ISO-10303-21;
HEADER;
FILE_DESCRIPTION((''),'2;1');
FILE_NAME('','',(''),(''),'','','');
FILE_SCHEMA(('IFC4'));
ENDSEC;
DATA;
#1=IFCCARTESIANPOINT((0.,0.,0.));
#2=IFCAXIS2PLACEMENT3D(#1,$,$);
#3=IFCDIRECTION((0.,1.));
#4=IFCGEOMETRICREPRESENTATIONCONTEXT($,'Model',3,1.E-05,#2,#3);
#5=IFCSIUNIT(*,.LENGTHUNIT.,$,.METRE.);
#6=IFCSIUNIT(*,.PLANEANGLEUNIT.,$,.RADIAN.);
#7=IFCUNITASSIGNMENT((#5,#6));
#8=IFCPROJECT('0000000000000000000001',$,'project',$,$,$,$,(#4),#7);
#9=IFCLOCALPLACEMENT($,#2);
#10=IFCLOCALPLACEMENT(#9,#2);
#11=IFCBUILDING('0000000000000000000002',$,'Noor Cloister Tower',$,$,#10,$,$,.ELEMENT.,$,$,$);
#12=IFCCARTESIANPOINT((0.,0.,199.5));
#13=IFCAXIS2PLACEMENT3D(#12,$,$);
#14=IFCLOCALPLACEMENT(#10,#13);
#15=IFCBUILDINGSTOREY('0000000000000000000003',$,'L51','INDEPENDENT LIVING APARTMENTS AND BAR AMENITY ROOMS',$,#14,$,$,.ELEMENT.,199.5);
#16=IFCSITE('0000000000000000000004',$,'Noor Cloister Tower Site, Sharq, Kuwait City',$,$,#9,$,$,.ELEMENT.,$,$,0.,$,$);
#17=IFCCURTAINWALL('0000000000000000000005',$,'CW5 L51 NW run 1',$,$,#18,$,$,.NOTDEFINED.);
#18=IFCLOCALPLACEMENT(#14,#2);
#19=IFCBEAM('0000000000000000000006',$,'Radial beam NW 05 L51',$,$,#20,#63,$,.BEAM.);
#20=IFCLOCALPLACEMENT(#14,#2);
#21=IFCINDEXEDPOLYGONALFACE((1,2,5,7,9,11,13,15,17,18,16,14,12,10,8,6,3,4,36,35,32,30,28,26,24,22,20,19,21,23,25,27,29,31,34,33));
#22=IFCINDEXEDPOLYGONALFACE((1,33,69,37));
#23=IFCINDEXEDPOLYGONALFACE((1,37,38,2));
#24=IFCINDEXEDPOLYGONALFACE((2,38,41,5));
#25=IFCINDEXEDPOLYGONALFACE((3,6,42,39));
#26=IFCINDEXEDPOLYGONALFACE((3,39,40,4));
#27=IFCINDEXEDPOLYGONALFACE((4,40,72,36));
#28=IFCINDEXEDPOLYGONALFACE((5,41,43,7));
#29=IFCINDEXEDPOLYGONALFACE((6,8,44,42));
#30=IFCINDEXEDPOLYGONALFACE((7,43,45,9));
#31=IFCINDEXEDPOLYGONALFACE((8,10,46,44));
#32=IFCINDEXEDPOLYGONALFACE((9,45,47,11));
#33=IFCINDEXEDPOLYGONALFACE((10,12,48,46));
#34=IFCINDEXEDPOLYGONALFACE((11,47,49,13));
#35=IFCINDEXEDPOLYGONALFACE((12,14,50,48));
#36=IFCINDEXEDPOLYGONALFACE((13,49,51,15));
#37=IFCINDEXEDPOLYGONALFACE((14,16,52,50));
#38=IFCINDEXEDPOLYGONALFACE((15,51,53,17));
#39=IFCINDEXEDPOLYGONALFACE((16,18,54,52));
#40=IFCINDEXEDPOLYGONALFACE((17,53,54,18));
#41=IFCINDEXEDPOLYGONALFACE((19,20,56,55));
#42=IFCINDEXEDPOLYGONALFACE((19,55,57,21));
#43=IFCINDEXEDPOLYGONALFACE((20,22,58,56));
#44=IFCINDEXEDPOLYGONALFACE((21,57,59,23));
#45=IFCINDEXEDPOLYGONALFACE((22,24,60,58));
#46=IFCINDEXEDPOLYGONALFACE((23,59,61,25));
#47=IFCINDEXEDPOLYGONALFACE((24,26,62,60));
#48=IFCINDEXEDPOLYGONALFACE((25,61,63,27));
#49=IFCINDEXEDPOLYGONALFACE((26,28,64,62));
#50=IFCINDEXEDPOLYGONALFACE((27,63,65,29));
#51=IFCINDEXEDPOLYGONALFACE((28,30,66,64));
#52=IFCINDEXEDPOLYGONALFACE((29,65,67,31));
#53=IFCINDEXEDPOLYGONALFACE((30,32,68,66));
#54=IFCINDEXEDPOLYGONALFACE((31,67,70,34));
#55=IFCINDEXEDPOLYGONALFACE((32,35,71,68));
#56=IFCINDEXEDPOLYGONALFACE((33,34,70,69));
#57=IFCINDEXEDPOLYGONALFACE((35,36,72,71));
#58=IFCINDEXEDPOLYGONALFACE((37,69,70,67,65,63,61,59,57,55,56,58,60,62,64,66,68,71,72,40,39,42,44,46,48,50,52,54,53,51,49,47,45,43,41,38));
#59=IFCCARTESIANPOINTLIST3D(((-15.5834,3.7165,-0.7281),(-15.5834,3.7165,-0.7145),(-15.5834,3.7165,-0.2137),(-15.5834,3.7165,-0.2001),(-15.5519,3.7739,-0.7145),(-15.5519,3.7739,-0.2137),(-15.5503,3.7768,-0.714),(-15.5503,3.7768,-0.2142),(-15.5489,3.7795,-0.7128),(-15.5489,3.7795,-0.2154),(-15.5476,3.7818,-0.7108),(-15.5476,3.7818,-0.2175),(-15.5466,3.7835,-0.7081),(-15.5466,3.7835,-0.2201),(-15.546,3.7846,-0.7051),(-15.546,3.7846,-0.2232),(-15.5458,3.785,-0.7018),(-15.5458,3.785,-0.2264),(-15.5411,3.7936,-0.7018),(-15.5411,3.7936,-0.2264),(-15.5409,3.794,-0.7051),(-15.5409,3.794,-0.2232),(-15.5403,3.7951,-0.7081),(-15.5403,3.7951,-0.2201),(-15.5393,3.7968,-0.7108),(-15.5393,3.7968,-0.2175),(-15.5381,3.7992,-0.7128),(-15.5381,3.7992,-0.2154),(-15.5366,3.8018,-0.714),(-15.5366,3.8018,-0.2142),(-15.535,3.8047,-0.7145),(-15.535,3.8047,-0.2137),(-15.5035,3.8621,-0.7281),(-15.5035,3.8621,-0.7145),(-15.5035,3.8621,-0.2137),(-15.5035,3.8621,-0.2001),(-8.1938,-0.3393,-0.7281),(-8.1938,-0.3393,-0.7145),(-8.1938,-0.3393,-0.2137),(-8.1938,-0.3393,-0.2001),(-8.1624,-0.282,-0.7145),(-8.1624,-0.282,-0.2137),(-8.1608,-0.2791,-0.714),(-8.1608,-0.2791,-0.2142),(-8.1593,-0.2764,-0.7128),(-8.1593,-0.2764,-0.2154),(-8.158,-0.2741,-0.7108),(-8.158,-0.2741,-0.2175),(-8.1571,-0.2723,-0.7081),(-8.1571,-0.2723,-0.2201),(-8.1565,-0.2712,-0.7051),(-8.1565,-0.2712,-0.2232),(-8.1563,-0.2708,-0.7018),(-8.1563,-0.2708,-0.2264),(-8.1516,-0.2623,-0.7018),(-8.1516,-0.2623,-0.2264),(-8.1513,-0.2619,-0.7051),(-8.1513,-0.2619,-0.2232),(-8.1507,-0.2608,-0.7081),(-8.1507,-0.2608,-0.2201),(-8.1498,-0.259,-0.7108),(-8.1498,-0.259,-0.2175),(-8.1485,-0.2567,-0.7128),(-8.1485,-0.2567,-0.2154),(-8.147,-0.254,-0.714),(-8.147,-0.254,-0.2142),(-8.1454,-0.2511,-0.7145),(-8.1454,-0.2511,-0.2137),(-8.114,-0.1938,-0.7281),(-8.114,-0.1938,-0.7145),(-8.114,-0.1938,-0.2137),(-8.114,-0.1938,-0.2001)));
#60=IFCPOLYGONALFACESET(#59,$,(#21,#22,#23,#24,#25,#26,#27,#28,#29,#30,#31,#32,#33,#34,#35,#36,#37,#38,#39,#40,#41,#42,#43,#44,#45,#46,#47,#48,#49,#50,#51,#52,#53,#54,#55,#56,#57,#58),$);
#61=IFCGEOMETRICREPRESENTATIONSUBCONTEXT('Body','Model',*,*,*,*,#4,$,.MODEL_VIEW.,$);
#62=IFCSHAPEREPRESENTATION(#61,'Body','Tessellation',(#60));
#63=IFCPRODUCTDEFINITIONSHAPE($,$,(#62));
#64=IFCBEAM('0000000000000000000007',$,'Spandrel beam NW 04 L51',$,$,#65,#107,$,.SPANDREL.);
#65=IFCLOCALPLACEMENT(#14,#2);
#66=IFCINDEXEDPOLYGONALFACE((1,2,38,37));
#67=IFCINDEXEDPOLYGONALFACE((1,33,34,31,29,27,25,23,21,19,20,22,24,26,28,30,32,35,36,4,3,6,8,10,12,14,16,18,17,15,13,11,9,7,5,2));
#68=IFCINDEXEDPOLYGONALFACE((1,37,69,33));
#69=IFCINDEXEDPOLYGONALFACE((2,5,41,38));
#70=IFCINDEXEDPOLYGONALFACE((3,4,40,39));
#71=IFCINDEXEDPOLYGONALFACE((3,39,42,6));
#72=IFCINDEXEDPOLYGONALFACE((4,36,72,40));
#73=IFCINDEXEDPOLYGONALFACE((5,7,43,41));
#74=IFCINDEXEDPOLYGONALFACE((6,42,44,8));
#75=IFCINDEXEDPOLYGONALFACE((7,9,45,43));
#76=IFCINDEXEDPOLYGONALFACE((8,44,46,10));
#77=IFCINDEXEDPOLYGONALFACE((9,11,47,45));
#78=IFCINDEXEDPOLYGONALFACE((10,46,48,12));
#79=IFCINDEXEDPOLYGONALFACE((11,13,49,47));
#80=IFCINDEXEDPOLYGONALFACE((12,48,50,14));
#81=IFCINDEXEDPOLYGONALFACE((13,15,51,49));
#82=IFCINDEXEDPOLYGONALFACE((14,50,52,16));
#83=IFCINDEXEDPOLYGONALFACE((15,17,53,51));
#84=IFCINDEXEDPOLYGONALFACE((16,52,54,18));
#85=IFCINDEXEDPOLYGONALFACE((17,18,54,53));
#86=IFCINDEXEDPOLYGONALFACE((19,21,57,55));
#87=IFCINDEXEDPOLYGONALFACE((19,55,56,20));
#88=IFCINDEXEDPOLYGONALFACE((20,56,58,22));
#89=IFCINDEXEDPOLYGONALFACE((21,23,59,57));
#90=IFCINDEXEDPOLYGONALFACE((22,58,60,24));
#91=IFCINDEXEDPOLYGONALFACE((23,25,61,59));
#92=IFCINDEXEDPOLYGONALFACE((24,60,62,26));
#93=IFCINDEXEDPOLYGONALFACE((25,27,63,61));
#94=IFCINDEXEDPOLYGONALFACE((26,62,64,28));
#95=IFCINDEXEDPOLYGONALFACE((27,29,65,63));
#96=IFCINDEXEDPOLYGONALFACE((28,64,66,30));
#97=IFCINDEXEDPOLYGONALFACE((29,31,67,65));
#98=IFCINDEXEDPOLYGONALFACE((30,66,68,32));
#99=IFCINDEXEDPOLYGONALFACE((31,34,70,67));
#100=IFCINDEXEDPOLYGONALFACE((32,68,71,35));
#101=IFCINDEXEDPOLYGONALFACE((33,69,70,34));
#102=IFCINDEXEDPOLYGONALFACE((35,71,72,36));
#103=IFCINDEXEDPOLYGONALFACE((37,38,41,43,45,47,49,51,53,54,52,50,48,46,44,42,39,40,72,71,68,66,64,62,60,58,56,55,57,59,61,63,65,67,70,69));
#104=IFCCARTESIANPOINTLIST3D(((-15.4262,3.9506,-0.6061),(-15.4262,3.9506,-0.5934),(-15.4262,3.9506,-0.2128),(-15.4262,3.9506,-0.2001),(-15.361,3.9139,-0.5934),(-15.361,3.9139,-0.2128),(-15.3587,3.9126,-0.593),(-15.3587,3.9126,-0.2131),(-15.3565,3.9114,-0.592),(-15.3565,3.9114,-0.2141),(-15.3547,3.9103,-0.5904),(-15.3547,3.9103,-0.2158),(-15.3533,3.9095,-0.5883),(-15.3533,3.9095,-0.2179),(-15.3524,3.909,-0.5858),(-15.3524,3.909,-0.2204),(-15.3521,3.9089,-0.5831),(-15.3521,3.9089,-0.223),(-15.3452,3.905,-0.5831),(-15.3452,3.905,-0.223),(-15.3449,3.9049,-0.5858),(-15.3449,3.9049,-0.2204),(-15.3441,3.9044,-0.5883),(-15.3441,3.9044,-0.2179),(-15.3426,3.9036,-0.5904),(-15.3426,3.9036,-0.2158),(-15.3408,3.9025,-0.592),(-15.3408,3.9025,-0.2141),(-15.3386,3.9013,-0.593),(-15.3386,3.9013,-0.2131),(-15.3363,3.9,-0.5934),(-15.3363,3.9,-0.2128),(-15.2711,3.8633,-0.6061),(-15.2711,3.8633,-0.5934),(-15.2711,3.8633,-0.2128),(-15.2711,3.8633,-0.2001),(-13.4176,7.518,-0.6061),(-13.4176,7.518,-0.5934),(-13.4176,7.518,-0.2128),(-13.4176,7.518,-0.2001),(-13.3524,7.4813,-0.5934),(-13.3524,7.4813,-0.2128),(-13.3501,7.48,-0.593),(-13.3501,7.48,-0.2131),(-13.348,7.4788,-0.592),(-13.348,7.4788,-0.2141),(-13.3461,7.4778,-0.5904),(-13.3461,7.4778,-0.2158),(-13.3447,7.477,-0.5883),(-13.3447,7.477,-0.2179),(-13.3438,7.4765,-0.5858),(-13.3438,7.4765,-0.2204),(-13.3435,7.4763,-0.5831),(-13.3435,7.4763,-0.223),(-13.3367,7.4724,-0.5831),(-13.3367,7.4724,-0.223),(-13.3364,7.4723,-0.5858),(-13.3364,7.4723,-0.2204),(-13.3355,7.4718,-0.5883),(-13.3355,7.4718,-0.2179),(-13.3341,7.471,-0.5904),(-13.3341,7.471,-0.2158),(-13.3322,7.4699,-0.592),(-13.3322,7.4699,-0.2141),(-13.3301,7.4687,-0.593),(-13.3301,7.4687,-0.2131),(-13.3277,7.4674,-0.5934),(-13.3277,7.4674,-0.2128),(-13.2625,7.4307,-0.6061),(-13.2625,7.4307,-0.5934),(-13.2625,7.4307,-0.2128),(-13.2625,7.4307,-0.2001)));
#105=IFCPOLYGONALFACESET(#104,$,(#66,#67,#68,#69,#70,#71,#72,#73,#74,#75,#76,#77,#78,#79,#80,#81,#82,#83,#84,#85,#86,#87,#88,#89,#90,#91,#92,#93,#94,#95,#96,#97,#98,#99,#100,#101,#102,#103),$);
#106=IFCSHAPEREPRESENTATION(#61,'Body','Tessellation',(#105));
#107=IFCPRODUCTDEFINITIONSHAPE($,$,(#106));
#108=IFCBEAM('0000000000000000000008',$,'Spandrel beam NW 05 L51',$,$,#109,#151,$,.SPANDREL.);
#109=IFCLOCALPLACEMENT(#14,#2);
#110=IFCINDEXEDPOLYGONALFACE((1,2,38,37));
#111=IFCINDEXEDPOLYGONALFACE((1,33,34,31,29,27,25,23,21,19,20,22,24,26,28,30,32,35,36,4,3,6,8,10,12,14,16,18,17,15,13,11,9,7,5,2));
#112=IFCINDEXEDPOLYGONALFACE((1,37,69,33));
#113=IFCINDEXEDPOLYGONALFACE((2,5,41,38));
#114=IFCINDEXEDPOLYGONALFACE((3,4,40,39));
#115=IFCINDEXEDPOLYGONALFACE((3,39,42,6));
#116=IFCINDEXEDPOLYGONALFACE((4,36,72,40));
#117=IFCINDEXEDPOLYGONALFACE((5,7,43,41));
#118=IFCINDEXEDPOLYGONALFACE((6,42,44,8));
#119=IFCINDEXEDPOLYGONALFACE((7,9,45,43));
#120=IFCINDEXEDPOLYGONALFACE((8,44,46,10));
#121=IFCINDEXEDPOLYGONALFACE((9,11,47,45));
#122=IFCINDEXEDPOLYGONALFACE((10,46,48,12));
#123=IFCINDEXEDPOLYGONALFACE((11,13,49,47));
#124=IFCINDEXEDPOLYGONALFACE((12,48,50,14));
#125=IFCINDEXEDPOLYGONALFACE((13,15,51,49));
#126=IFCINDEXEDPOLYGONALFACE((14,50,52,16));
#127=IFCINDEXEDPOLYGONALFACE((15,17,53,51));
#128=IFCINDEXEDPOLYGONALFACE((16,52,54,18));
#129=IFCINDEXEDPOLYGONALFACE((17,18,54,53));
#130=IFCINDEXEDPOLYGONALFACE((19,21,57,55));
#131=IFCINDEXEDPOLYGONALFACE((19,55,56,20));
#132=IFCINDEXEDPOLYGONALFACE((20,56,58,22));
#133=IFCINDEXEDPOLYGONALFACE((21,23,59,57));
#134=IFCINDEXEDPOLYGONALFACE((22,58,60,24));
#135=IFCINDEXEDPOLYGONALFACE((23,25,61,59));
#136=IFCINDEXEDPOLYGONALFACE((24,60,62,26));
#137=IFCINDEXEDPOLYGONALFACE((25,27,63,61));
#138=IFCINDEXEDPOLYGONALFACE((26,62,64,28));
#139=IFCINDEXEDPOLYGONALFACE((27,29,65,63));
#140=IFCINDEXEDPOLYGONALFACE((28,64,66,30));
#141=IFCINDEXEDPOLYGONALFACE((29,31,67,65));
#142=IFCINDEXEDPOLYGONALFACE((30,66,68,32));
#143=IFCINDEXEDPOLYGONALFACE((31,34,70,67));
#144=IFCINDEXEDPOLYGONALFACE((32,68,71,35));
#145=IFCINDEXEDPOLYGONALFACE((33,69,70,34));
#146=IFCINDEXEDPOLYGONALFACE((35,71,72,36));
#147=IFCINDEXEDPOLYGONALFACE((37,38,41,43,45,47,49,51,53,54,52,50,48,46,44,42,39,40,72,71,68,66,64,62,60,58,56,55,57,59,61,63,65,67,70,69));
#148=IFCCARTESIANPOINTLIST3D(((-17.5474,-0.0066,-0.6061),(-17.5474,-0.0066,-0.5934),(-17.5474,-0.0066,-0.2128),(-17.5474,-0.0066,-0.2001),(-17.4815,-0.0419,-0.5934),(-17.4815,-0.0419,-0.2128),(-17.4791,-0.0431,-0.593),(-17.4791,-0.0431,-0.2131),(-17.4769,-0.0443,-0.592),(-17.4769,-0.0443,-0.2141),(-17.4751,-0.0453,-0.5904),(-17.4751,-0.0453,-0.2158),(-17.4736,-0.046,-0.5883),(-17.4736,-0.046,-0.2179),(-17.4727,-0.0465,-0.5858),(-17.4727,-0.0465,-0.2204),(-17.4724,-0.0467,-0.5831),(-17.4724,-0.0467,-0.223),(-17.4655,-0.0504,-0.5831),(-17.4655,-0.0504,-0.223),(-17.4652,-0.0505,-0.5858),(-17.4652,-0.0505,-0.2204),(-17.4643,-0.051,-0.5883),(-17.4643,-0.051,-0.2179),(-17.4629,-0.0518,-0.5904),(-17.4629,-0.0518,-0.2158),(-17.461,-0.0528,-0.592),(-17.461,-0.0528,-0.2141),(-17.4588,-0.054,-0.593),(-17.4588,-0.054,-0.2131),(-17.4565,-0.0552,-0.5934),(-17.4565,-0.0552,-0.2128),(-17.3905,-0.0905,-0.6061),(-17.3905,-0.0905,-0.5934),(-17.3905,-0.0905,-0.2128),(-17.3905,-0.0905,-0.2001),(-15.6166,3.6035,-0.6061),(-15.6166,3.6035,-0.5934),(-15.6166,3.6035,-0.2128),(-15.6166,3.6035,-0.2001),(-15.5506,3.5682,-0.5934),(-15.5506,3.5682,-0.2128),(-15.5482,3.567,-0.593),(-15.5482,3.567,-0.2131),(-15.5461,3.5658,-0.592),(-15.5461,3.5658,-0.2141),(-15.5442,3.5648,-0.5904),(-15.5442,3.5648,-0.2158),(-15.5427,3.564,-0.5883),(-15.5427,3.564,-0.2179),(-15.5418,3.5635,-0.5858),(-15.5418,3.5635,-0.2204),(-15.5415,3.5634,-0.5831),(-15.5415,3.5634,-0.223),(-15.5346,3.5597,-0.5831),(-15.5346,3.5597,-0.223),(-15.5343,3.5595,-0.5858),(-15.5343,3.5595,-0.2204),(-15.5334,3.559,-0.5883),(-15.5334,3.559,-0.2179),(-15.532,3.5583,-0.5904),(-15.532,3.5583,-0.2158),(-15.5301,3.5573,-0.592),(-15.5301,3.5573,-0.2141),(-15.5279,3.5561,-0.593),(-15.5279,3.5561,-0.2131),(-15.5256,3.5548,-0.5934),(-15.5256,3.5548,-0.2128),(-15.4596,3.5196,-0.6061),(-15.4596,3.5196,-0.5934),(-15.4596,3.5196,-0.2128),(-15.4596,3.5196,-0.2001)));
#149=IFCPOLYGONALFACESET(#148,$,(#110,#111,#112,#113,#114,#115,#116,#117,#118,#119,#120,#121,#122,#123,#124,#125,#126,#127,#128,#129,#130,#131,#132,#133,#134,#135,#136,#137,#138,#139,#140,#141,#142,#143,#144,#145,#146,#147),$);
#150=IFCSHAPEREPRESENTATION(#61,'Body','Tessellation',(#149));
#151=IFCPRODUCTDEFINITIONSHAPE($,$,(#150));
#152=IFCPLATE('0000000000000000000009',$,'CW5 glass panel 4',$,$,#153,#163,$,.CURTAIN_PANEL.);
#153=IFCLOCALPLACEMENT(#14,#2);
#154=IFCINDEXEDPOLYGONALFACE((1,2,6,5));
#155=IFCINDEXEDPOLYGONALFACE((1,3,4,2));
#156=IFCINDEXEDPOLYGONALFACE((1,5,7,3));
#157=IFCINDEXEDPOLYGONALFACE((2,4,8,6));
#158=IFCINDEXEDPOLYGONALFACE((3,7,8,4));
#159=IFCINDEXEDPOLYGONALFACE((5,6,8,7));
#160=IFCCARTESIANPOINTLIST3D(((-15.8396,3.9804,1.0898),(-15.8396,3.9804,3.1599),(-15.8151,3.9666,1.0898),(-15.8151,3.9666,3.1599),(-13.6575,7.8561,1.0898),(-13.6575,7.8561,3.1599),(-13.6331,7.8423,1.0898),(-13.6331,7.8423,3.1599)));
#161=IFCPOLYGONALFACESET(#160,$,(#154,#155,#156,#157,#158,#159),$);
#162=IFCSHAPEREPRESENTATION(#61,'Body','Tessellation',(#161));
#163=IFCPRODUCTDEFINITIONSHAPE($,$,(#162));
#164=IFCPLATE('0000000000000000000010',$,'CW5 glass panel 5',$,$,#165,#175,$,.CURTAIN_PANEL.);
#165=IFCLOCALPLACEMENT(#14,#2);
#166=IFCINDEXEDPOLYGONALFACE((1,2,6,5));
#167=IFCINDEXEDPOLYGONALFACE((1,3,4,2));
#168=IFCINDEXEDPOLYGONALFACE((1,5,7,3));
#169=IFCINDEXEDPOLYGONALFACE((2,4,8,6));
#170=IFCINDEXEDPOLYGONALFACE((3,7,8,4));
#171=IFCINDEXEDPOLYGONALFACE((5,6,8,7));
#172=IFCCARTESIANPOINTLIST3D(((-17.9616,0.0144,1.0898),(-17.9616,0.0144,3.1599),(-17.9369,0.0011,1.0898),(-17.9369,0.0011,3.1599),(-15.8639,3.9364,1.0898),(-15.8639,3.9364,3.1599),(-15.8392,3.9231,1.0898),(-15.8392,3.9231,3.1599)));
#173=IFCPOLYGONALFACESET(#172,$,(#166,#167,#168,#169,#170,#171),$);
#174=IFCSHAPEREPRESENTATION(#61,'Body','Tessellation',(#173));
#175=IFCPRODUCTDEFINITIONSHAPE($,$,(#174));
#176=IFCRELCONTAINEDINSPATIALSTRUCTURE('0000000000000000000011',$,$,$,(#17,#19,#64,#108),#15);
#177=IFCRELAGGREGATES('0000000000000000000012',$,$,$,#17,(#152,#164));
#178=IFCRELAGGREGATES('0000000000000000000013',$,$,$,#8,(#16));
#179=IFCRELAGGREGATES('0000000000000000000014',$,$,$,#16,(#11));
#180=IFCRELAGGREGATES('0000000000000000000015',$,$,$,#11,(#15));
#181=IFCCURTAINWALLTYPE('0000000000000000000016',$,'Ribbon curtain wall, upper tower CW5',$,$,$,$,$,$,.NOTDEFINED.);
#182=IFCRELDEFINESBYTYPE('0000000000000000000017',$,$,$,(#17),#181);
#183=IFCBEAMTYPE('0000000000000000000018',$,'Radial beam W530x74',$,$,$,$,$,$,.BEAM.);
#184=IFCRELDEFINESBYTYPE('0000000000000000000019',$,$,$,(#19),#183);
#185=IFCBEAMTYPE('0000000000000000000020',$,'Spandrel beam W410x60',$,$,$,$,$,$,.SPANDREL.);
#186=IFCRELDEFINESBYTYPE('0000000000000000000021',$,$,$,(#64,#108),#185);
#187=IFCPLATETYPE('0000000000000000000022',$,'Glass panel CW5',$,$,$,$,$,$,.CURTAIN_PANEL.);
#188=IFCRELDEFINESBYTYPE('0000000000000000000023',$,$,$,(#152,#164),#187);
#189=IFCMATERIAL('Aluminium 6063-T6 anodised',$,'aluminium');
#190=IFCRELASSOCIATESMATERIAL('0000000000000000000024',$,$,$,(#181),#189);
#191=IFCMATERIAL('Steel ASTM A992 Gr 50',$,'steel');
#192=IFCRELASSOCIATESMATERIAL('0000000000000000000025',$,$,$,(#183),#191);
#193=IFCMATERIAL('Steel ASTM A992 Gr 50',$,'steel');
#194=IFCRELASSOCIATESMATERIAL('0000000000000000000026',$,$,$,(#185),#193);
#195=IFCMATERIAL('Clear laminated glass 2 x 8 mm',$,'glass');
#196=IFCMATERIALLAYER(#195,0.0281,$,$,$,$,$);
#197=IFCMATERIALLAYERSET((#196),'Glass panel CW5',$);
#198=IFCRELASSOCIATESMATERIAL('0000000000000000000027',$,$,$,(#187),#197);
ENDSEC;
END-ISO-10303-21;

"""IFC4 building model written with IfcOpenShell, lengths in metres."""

from ifc_helpers import new_model, si_unit, direction, frame, origin, origin_2d, place, context, subcontext, project, spatial, rectangle, i_section, extrude, material, layer, layer_set, material_profile, profile_set, type_object, element, aggregate, save


model = new_model("IFC4")

# Units and contexts
model_context = context("Model", 3, precision=1e-05, world=origin(), true_north=direction((0.0, 1.0)))
body_context = subcontext(model_context, "Body", "Model", "MODEL_VIEW")
ifc_project = project(units=[si_unit("LENGTHUNIT", "METRE"), si_unit("PLANEANGLEUNIT", "RADIAN")], contexts=[model_context])

# Site, building, storey
site_placement = place(None, origin())
site = spatial("IfcSite", under=ifc_project, at=site_placement, Name="Noor Cloister Tower Site, Sharq, Kuwait City", CompositionType="ELEMENT", RefElevation=0.0)
building_placement = place(site_placement, origin())
building = spatial("IfcBuilding", under=site, at=building_placement, Name="Noor Cloister Tower", CompositionType="ELEMENT")
storey_placement = place(building_placement, frame((0.0, 0.0, 199.5)))
storey = spatial("IfcBuildingStorey", under=building, at=storey_placement, Name="L51", Description="INDEPENDENT LIVING APARTMENTS AND BAR AMENITY ROOMS", CompositionType="ELEMENT", Elevation=199.5)

# Curtain wall
ifc_material_1 = material(Name="Aluminium 6063-T6 anodised", Category="aluminium")
curtain_wall_type = type_object("IfcCurtainWallType", Name="Ribbon curtain wall, upper tower CW5", PredefinedType="NOTDEFINED", material=ifc_material_1)
curtain_wall_1_placement = place(storey_placement, origin())
curtain_wall_1 = element("IfcCurtainWall", 1, at=curtain_wall_1_placement, inside=storey, type_object=curtain_wall_type, Name="CW5 L51 NW run 1", PredefinedType="NOTDEFINED")

# Beams
ifc_material_2 = material(Name="Steel ASTM A992 Gr 50", Category="steel")
ifc_material_profile_1 = material_profile(ifc_material_2, i_section(OverallWidth=0.166, OverallDepth=0.5281, WebThickness=0.0098, FlangeThickness=0.0137, FilletRadius=0.0127, at=origin_2d()), Name="W530x74")
ifc_profile_set_1 = profile_set([ifc_material_profile_1], Name="Steel ASTM A992 Gr 50")
beam_type_1 = type_object("IfcBeamType", Name="Radial beam W530x74", PredefinedType="BEAM", material=ifc_profile_set_1)
beam_1_placement = place(storey_placement, frame((-15.5435, 3.7893, -0.4641), z_axis=(0.876636, -0.481154, 0.0), x_axis=(0.481154, 0.876636, 0.0)))
element("IfcBeam", 2, at=beam_1_placement, inside=storey, type_object=beam_type_1, Name="Radial beam NW 05 L51", PredefinedType="BEAM", context=body_context, shape_type="SweptSolid", body=[
    extrude(i_section(OverallWidth=0.166, OverallDepth=0.5281, WebThickness=0.0098, FlangeThickness=0.0137, FilletRadius=0.0127, at=origin_2d()), origin(), (0.0, 0.0, 1.0), 8.4294),
])
ifc_material_3 = material(Name="Steel ASTM A992 Gr 50", Category="steel")
ifc_material_profile_2 = material_profile(ifc_material_3, i_section(OverallWidth=0.178, OverallDepth=0.406, WebThickness=0.0078, FlangeThickness=0.0127, FilletRadius=0.0103, at=origin_2d()), Name="W410x60")
ifc_profile_set_2 = profile_set([ifc_material_profile_2], Name="Steel ASTM A992 Gr 50")
beam_type_2 = type_object("IfcBeamType", Name="Spandrel beam W410x60", PredefinedType="SPANDREL", material=ifc_profile_set_2)
for number, where, z_axis, x_axis, name in (
    (3, (-13.3401, 7.4744, -0.4031), (-0.490612, -0.871378, 0.0), (0.871378, -0.490612, 0.0), "Spandrel beam NW 04 L51"),
    (4, (-15.5381, 3.5615, -0.4031), (-0.471637, -0.881793, 0.0), (0.881793, -0.471637, 0.0), "Spandrel beam NW 05 L51"),
):
    element("IfcBeam", number, at=place(storey_placement, frame(where, z_axis=z_axis, x_axis=x_axis)), inside=storey, type_object=beam_type_2, Name=name, PredefinedType="SPANDREL", context=body_context, shape_type="SweptSolid", body=[
        extrude(i_section(OverallWidth=0.178, OverallDepth=0.406, WebThickness=0.0078, FlangeThickness=0.0127, FilletRadius=0.0103, at=origin_2d()), origin(), (0.0, 0.0, 1.0), 4.094),
    ])

# Plates
ifc_material_4 = material(Name="Clear laminated glass 2 x 8 mm", Category="glass")
ifc_layer_1 = layer(ifc_material_4, 0.0281)
ifc_layer_set_1 = layer_set([ifc_layer_1], Name="Glass panel CW5")
plate_type = type_object("IfcPlateType", Name="Glass panel CW5", PredefinedType="CURTAIN_PANEL", material=ifc_layer_set_1)
plate_1_placement = place(storey_placement, frame((-14.7363, 5.9114, 1.0898), z_axis=(0.0, 0.0, 1.0), x_axis=(-0.4906, -0.871385, 0.0)))
plate_1 = element("IfcPlate", 5, at=plate_1_placement, type_object=plate_type, Name="CW5 glass panel 4", PredefinedType="CURTAIN_PANEL", context=body_context, shape_type="SweptSolid", body=[
    extrude(rectangle(XDim=4.4478, YDim=0.0281, at=origin_2d()), origin(), (0.0, 0.0, 1.0), 2.0701),
])
plate_2_placement = place(storey_placement, frame((-16.9004, 1.9688, 1.0898), z_axis=(0.0, 0.0, 1.0), x_axis=(-0.47163, -0.881797, 0.0)))
plate_2 = element("IfcPlate", 6, at=plate_2_placement, type_object=plate_type, Name="CW5 glass panel 5", PredefinedType="CURTAIN_PANEL", context=body_context, shape_type="SweptSolid", body=[
    extrude(rectangle(XDim=4.4478, YDim=0.0281, at=origin_2d()), origin(), (0.0, 0.0, 1.0), 2.0701),
])
aggregate(curtain_wall_1, [plate_1, plate_2])

save(model, "model.ifc")
